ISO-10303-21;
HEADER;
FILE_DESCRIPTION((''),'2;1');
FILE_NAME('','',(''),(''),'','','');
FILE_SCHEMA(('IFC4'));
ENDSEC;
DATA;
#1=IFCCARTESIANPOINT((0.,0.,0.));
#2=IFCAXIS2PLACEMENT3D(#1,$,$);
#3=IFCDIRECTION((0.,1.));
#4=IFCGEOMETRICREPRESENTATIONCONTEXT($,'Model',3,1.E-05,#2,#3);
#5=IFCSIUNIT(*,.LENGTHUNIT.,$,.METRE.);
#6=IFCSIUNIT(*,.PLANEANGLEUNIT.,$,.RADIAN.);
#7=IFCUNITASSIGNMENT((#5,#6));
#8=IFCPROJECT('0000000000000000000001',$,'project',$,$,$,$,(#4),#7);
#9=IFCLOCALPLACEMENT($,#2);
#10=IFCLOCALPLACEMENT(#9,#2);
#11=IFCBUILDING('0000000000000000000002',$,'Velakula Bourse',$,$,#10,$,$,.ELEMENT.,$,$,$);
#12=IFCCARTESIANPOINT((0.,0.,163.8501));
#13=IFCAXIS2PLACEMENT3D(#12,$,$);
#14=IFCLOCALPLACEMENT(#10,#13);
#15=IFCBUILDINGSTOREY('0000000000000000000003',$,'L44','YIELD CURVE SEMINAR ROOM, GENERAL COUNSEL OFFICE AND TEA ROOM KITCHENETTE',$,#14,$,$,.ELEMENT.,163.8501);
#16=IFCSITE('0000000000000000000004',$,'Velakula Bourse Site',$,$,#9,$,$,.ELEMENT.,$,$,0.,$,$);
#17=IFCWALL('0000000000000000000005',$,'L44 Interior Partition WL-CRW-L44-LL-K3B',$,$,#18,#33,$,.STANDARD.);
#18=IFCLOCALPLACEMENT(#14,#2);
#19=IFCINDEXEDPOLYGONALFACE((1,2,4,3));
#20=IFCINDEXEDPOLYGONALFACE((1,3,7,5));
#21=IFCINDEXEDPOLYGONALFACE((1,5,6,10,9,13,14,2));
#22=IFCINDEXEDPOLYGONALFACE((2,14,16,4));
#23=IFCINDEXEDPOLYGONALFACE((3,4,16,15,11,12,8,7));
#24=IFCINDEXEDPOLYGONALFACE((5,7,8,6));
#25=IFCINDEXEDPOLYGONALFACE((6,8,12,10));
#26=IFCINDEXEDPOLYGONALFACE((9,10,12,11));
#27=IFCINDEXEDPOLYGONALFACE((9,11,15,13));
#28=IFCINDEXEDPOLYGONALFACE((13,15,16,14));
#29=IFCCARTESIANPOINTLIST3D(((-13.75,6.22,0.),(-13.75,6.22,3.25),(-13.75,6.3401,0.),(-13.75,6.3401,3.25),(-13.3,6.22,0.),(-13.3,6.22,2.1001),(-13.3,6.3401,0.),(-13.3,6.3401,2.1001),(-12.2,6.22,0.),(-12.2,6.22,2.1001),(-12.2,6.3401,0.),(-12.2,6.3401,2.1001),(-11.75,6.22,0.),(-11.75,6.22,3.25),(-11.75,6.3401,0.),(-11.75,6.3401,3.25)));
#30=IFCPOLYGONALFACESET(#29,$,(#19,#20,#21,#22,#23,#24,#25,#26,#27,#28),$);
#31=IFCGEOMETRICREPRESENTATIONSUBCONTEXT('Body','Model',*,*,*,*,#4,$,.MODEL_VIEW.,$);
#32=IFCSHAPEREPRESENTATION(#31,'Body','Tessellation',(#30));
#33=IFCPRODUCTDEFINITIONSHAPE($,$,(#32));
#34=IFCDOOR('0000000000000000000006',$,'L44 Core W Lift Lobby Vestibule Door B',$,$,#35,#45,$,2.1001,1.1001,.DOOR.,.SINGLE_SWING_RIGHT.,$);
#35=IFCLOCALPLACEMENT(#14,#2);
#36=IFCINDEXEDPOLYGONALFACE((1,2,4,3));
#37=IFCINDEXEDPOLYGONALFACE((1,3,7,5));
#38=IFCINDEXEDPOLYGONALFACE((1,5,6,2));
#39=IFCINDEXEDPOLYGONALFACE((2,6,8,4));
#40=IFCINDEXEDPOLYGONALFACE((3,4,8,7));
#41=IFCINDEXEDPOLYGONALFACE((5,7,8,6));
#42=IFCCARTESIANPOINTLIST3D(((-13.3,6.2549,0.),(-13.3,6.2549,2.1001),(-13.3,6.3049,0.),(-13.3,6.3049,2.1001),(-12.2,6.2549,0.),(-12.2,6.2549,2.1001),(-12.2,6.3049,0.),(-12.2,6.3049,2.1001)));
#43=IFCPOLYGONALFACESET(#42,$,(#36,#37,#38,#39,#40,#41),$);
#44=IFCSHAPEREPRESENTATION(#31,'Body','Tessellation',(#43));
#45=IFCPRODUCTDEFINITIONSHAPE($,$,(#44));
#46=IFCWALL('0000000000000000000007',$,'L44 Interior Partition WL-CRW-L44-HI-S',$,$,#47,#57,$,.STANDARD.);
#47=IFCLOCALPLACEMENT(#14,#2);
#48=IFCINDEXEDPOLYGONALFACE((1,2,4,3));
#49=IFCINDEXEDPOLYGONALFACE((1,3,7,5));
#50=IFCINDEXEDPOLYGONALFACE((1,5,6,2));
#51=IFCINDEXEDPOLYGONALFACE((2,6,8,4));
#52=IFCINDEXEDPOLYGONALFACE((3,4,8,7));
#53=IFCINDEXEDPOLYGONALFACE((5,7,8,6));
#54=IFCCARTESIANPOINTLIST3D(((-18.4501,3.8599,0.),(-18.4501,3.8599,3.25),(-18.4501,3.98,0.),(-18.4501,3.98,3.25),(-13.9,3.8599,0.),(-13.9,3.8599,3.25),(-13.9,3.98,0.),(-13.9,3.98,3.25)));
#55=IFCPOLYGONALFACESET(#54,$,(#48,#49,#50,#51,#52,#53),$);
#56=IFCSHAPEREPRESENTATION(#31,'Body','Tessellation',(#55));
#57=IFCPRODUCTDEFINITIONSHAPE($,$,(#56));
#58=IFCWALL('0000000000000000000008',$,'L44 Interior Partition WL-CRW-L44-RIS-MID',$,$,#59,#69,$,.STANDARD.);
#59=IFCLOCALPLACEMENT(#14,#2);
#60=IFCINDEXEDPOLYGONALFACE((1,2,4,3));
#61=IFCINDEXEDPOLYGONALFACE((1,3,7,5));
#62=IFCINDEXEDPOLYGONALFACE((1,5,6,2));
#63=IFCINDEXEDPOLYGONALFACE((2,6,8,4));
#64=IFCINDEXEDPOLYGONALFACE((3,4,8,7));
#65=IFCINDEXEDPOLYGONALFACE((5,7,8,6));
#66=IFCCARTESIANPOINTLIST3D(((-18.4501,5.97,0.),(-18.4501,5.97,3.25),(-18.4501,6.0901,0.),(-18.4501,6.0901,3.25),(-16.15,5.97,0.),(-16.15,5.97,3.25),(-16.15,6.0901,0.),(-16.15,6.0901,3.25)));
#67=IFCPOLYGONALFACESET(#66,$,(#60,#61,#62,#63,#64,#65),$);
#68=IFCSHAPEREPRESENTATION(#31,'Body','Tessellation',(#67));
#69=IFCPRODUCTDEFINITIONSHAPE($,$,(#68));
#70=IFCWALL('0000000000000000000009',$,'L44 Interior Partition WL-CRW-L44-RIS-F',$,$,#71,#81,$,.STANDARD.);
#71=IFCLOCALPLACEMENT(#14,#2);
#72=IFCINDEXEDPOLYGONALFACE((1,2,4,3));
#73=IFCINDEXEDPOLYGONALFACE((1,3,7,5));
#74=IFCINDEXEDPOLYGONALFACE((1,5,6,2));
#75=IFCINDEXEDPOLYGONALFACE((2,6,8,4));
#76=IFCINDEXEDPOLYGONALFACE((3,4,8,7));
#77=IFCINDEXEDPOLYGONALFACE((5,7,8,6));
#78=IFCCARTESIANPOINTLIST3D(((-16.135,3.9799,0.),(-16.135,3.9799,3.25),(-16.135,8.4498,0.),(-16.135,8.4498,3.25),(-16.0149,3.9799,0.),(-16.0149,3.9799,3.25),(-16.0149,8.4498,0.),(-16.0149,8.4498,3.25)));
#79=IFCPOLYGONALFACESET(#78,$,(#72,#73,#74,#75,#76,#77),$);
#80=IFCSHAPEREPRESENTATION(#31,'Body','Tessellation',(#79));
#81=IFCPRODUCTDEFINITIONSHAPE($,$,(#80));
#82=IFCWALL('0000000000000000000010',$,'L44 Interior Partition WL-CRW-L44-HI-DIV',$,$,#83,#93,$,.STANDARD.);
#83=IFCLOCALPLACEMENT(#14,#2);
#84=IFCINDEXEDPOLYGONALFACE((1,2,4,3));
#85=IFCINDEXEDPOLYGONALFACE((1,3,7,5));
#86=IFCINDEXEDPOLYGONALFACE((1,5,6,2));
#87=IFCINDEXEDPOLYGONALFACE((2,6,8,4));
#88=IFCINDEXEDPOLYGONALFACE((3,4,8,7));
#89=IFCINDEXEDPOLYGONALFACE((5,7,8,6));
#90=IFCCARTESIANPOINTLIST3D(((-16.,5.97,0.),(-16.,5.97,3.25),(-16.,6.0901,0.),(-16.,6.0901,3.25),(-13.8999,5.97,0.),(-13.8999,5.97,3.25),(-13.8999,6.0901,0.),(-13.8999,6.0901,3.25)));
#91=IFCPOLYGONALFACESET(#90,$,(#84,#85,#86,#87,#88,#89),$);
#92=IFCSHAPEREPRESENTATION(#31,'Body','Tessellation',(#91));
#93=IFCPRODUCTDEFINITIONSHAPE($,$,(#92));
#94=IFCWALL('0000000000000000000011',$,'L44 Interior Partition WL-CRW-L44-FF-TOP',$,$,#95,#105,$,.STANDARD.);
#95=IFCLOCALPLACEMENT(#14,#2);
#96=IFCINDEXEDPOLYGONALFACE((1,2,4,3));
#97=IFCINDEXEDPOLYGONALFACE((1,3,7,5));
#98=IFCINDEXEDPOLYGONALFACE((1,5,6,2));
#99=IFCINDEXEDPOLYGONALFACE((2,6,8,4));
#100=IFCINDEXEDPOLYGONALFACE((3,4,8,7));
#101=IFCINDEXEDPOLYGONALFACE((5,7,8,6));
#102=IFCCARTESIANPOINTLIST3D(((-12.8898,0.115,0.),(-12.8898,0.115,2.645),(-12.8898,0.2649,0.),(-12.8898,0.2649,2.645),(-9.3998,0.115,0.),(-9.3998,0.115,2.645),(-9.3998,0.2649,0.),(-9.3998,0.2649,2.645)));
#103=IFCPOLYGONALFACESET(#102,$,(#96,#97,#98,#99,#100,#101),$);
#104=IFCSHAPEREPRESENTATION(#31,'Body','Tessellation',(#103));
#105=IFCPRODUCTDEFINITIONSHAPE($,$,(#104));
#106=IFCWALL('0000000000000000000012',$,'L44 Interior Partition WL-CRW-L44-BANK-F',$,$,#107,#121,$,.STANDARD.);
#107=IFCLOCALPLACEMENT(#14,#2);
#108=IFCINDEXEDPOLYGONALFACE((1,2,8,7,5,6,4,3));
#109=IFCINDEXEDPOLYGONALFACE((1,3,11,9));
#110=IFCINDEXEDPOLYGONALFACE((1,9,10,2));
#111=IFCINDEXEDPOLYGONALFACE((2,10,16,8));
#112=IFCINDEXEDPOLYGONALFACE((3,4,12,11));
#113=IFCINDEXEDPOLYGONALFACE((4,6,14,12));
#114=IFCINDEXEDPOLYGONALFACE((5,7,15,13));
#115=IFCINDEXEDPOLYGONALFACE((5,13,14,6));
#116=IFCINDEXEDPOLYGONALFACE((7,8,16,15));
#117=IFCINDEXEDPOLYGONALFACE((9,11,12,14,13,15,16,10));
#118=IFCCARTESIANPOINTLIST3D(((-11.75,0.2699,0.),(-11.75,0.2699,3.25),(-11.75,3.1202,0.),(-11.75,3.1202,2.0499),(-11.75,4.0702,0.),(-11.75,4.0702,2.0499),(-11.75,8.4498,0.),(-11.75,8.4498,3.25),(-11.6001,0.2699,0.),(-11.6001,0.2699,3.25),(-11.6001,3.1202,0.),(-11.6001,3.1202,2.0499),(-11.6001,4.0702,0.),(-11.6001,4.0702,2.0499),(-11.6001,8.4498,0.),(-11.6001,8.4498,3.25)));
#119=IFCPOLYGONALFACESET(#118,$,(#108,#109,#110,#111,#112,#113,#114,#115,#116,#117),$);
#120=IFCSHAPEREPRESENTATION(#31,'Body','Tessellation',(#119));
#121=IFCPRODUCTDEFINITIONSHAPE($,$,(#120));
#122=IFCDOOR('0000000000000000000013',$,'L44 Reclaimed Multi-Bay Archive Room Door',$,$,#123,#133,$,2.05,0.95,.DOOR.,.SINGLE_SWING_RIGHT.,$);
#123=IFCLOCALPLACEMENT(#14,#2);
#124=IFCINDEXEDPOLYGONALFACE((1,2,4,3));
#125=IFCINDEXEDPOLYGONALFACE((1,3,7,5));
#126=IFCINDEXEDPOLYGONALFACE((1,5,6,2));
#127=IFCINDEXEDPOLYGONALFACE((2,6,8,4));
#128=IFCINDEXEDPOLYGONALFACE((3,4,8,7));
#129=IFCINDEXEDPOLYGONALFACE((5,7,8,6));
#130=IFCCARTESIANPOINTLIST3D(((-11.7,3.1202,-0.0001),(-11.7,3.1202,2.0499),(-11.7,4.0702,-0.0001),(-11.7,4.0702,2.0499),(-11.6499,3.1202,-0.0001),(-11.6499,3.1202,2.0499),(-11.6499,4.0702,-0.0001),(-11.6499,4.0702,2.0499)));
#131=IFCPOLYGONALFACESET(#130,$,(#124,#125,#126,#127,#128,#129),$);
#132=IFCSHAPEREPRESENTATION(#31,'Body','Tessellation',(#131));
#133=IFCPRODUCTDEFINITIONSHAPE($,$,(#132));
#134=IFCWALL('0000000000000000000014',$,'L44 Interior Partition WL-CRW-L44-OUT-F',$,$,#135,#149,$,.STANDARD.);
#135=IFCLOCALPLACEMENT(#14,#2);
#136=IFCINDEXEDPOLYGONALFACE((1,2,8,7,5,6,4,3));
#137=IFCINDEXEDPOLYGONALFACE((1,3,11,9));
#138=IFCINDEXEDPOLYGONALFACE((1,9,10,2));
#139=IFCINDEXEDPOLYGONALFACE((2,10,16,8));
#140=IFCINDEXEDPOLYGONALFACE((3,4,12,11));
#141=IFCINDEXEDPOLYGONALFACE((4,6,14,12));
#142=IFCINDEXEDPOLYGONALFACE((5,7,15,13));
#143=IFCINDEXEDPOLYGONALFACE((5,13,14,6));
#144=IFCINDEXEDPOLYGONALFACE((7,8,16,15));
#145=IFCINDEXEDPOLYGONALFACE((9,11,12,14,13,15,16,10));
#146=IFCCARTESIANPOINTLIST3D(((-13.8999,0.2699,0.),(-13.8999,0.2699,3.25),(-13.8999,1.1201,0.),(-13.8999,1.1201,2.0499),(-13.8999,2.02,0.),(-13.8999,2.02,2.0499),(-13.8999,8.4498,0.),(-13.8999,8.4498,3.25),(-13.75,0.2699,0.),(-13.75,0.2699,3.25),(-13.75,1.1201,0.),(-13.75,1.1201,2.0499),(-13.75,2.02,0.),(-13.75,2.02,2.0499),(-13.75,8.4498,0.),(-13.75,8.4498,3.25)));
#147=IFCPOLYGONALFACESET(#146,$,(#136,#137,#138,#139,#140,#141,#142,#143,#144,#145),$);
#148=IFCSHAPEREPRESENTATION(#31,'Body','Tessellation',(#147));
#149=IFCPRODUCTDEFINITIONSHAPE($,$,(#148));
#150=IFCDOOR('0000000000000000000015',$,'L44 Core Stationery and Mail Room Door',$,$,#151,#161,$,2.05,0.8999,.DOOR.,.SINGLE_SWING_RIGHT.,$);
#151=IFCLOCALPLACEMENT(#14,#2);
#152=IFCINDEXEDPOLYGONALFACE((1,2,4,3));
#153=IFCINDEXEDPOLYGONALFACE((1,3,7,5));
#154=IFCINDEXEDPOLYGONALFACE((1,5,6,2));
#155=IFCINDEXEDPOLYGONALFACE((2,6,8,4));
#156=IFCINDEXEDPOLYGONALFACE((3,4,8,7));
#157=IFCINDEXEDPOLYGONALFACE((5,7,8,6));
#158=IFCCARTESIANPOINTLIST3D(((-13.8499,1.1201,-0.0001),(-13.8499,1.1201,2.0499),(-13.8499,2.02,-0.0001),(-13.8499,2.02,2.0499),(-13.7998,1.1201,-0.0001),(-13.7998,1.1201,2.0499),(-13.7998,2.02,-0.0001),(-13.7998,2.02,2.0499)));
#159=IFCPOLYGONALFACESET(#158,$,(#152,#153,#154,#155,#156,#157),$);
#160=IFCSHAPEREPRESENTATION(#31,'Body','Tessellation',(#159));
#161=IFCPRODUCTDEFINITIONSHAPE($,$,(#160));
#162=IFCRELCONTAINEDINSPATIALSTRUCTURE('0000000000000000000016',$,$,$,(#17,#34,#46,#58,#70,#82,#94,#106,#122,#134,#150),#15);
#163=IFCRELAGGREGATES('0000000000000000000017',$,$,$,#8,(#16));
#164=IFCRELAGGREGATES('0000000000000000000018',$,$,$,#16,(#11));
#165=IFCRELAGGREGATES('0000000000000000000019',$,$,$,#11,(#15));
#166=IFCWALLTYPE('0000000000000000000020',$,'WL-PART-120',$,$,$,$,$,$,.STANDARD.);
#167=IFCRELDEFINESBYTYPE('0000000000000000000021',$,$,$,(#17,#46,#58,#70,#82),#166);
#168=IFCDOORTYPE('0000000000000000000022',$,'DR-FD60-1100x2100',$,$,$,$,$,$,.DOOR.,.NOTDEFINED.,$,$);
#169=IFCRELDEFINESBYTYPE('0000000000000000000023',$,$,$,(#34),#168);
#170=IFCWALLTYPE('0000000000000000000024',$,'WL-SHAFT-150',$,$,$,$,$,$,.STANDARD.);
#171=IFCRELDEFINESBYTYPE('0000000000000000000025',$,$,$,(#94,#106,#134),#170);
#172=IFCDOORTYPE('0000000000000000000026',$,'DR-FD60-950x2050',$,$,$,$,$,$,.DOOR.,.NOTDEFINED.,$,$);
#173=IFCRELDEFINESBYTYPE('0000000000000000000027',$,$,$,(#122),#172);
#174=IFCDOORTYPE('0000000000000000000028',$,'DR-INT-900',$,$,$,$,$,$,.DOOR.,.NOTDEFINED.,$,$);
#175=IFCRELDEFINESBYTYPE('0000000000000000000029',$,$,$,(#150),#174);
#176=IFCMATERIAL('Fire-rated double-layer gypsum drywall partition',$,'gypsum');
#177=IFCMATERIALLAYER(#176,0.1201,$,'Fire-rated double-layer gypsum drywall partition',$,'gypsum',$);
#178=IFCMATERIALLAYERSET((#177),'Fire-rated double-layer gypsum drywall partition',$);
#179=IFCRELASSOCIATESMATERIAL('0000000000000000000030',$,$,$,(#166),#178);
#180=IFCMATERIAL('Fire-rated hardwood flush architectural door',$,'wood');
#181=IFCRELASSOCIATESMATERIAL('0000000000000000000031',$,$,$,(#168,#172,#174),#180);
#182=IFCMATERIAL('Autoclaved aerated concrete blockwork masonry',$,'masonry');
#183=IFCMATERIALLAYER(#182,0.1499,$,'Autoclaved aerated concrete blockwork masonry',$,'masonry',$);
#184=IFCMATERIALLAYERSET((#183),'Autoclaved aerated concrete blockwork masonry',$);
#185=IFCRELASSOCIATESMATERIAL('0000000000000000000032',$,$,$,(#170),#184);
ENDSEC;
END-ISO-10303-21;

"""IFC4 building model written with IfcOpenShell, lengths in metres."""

from ifc_helpers import new_model, si_unit, direction, frame, frame_2d, origin, place, context, subcontext, project, spatial, rectangle, extrude, material, layer, layer_set, type_object, element, fill, save


model = new_model("IFC4")

# Units and contexts
model_context = context("Model", 3, precision=1e-05, world=origin(), true_north=direction((0.0, 1.0)))
body_context = subcontext(model_context, "Body", "Model", "MODEL_VIEW")
ifc_project = project(units=[si_unit("LENGTHUNIT", "METRE"), si_unit("PLANEANGLEUNIT", "RADIAN")], contexts=[model_context])

# Site, building, storey
site_placement = place(None, origin())
site = spatial("IfcSite", under=ifc_project, at=site_placement, Name="Velakula Bourse Site", CompositionType="ELEMENT", RefElevation=0.0)
building_placement = place(site_placement, origin())
building = spatial("IfcBuilding", under=site, at=building_placement, Name="Velakula Bourse", CompositionType="ELEMENT")
storey_placement = place(building_placement, frame((0.0, 0.0, 163.8501)))
storey = spatial("IfcBuildingStorey", under=building, at=storey_placement, Name="L44", Description="YIELD CURVE SEMINAR ROOM, GENERAL COUNSEL OFFICE AND TEA ROOM KITCHENETTE", CompositionType="ELEMENT", Elevation=163.8501)

# Wall, opening, door
ifc_material_1 = material(Name="Fire-rated double-layer gypsum drywall partition", Category="gypsum")
ifc_layer_1 = layer(ifc_material_1, 0.1201, Name="Fire-rated double-layer gypsum drywall partition", Category="gypsum")
ifc_layer_set_1 = layer_set([ifc_layer_1], Name="Fire-rated double-layer gypsum drywall partition")
wall_type_1 = type_object("IfcWallType", Name="WL-PART-120", PredefinedType="STANDARD", material=ifc_layer_set_1)
ifc_material_2 = material(Name="Fire-rated hardwood flush architectural door", Category="wood")
door_type_1 = type_object("IfcDoorType", Name="DR-FD60-1100x2100", OperationType="NOTDEFINED", PredefinedType="DOOR", material=ifc_material_2)
wall_1_placement = place(storey_placement, frame((-13.75, 6.28, 0.0), z_axis=(0.0, 0.0, 1.0), x_axis=(1.0, 0.0, 0.0)))
wall_1 = element("IfcWall", 1, at=wall_1_placement, inside=storey, type_object=wall_type_1, Name="L44 Interior Partition WL-CRW-L44-LL-K3B", PredefinedType="STANDARD", context=body_context, shape_type="SweptSolid", body=[
    extrude(rectangle(XDim=2.0, YDim=0.1201, at=frame_2d((1.0, 0.0))), origin(), (0.0, 0.0, 1.0), 3.25),
])
opening_1_placement = place(wall_1_placement, frame((0.45, 0.0, 0.0)))
opening_1 = element("IfcOpeningElement", 2, at=opening_1_placement, cuts=wall_1, PredefinedType="OPENING", context=body_context, shape_type="SweptSolid", body=[
    extrude(rectangle(XDim=1.1001, YDim=2.1001, at=frame_2d((0.55, 1.05))), frame((0.0, 0.0701, 0.0), z_axis=(0.0, -1.0, 0.0), x_axis=(1.0, 0.0, 0.0)), (0.0, 0.0, 1.0), 0.1401),
])
door_1_placement = place(opening_1_placement, origin())
door_1 = element("IfcDoor", 3, at=door_1_placement, inside=storey, type_object=door_type_1, Name="L44 Core W Lift Lobby Vestibule Door B", OperationType="SINGLE_SWING_RIGHT", OverallHeight=2.1001, OverallWidth=1.1001, PredefinedType="DOOR", context=body_context, shape_type="SweptSolid", body=[
    extrude(rectangle(XDim=1.1001, YDim=2.1001, at=frame_2d((0.55, 1.05))), frame((0.0, 0.0249, 0.0), z_axis=(0.0, -1.0, 0.0), x_axis=(1.0, 0.0, 0.0)), (0.0, 0.0, 1.0), 0.05),
])
fill(opening_1, door_1)

# Walls
wall_2_placement = place(storey_placement, frame((-18.45, 3.9199, 0.0), z_axis=(0.0, 0.0, 1.0), x_axis=(1.0, 0.0, 0.0)))
element("IfcWall", 4, at=wall_2_placement, inside=storey, type_object=wall_type_1, Name="L44 Interior Partition WL-CRW-L44-HI-S", PredefinedType="STANDARD", context=body_context, shape_type="SweptSolid", body=[
    extrude(rectangle(XDim=4.55, YDim=0.1201, at=frame_2d((2.2749, 0.0))), origin(), (0.0, 0.0, 1.0), 3.25),
])
wall_3_placement = place(storey_placement, frame((-18.45, 6.03, 0.0), z_axis=(0.0, 0.0, 1.0), x_axis=(1.0, 0.0, 0.0)))
element("IfcWall", 5, at=wall_3_placement, inside=storey, type_object=wall_type_1, Name="L44 Interior Partition WL-CRW-L44-RIS-MID", PredefinedType="STANDARD", context=body_context, shape_type="SweptSolid", body=[
    extrude(rectangle(XDim=2.3, YDim=0.1201, at=frame_2d((1.1499, 0.0))), origin(), (0.0, 0.0, 1.0), 3.25),
])
wall_4_placement = place(storey_placement, frame((-16.075, 3.98, 0.0), z_axis=(0.0, 0.0, 1.0), x_axis=(0.0, 1.0, 0.0)))
element("IfcWall", 6, at=wall_4_placement, inside=storey, type_object=wall_type_1, Name="L44 Interior Partition WL-CRW-L44-RIS-F", PredefinedType="STANDARD", context=body_context, shape_type="SweptSolid", body=[
    extrude(rectangle(XDim=4.47, YDim=0.1201, at=frame_2d((2.2349, 0.0))), origin(), (0.0, 0.0, 1.0), 3.25),
])
wall_5_placement = place(storey_placement, frame((-16.0, 6.03, 0.0), z_axis=(0.0, 0.0, 1.0), x_axis=(1.0, 0.0, 0.0)))
element("IfcWall", 7, at=wall_5_placement, inside=storey, type_object=wall_type_1, Name="L44 Interior Partition WL-CRW-L44-HI-DIV", PredefinedType="STANDARD", context=body_context, shape_type="SweptSolid", body=[
    extrude(rectangle(XDim=2.1001, YDim=0.1201, at=frame_2d((1.05, 0.0))), origin(), (0.0, 0.0, 1.0), 3.25),
])
ifc_material_3 = material(Name="Autoclaved aerated concrete blockwork masonry", Category="masonry")
ifc_layer_2 = layer(ifc_material_3, 0.1499, Name="Autoclaved aerated concrete blockwork masonry", Category="masonry")
ifc_layer_set_2 = layer_set([ifc_layer_2], Name="Autoclaved aerated concrete blockwork masonry")
wall_type_2 = type_object("IfcWallType", Name="WL-SHAFT-150", PredefinedType="STANDARD", material=ifc_layer_set_2)
wall_6_placement = place(storey_placement, frame((-12.8899, 0.1899, 0.0), z_axis=(0.0, 0.0, 1.0), x_axis=(1.0, 0.0, 0.0)))
element("IfcWall", 8, at=wall_6_placement, inside=storey, type_object=wall_type_2, Name="L44 Interior Partition WL-CRW-L44-FF-TOP", PredefinedType="STANDARD", context=body_context, shape_type="SweptSolid", body=[
    extrude(rectangle(XDim=3.49, YDim=0.1499, at=frame_2d((1.7451, 0.0))), origin(), (0.0, 0.0, 1.0), 2.645),
])

# Walls, openings, doors
wall_7_placement = place(storey_placement, frame((-11.675, 0.27, 0.0), z_axis=(0.0, 0.0, 1.0), x_axis=(0.0, 1.0, 0.0)))
wall_7 = element("IfcWall", 9, at=wall_7_placement, inside=storey, type_object=wall_type_2, Name="L44 Interior Partition WL-CRW-L44-BANK-F", PredefinedType="STANDARD", context=body_context, shape_type="SweptSolid", body=[
    extrude(rectangle(XDim=8.1799, YDim=0.1499, at=frame_2d((4.0898, 0.0))), origin(), (0.0, 0.0, 1.0), 3.25),
])
opening_2_placement = place(wall_7_placement, frame((2.8501, 0.0, 0.0)))
opening_2 = element("IfcOpeningElement", 10, at=opening_2_placement, cuts=wall_7, PredefinedType="OPENING", context=body_context, shape_type="SweptSolid", body=[
    extrude(rectangle(XDim=0.95, YDim=2.05, at=frame_2d((0.4751, 1.0249))), frame((0.0, 0.085, 0.0), z_axis=(0.0, -1.0, 0.0), x_axis=(1.0, 0.0, 0.0)), (0.0, 0.0, 1.0), 0.1699),
])
door_type_2 = type_object("IfcDoorType", Name="DR-FD60-950x2050", OperationType="NOTDEFINED", PredefinedType="DOOR", material=ifc_material_2)
door_2_placement = place(opening_2_placement, origin())
door_2 = element("IfcDoor", 11, at=door_2_placement, inside=storey, type_object=door_type_2, Name="L44 Reclaimed Multi-Bay Archive Room Door", OperationType="SINGLE_SWING_RIGHT", OverallHeight=2.05, OverallWidth=0.95, PredefinedType="DOOR", context=body_context, shape_type="SweptSolid", body=[
    extrude(rectangle(XDim=0.95, YDim=2.05, at=frame_2d((0.4751, 1.0249))), frame((0.0, 0.0249, 0.0), z_axis=(0.0, -1.0, 0.0), x_axis=(1.0, 0.0, 0.0)), (0.0, 0.0, 1.0), 0.05),
])
fill(opening_2, door_2)
wall_8_placement = place(storey_placement, frame((-13.825, 0.27, 0.0), z_axis=(0.0, 0.0, 1.0), x_axis=(0.0, 1.0, 0.0)))
wall_8 = element("IfcWall", 12, at=wall_8_placement, inside=storey, type_object=wall_type_2, Name="L44 Interior Partition WL-CRW-L44-OUT-F", PredefinedType="STANDARD", context=body_context, shape_type="SweptSolid", body=[
    extrude(rectangle(XDim=8.1799, YDim=0.1499, at=frame_2d((4.0898, 0.0))), origin(), (0.0, 0.0, 1.0), 3.25),
])
opening_3_placement = place(wall_8_placement, frame((0.8501, 0.0, 0.0)))
opening_3 = element("IfcOpeningElement", 13, at=opening_3_placement, cuts=wall_8, PredefinedType="OPENING", context=body_context, shape_type="SweptSolid", body=[
    extrude(rectangle(XDim=0.8999, YDim=2.05, at=frame_2d((0.45, 1.0249))), frame((0.0, 0.085, 0.0), z_axis=(0.0, -1.0, 0.0), x_axis=(1.0, 0.0, 0.0)), (0.0, 0.0, 1.0), 0.1699),
])
door_type_3 = type_object("IfcDoorType", Name="DR-INT-900", OperationType="NOTDEFINED", PredefinedType="DOOR", material=ifc_material_2)
door_3_placement = place(opening_3_placement, origin())
door_3 = element("IfcDoor", 14, at=door_3_placement, inside=storey, type_object=door_type_3, Name="L44 Core Stationery and Mail Room Door", OperationType="SINGLE_SWING_RIGHT", OverallHeight=2.05, OverallWidth=0.8999, PredefinedType="DOOR", context=body_context, shape_type="SweptSolid", body=[
    extrude(rectangle(XDim=0.8999, YDim=2.05, at=frame_2d((0.45, 1.0249))), frame((0.0, 0.0249, 0.0), z_axis=(0.0, -1.0, 0.0), x_axis=(1.0, 0.0, 0.0)), (0.0, 0.0, 1.0), 0.05),
])
fill(opening_3, door_3)

save(model, "model.ifc")
